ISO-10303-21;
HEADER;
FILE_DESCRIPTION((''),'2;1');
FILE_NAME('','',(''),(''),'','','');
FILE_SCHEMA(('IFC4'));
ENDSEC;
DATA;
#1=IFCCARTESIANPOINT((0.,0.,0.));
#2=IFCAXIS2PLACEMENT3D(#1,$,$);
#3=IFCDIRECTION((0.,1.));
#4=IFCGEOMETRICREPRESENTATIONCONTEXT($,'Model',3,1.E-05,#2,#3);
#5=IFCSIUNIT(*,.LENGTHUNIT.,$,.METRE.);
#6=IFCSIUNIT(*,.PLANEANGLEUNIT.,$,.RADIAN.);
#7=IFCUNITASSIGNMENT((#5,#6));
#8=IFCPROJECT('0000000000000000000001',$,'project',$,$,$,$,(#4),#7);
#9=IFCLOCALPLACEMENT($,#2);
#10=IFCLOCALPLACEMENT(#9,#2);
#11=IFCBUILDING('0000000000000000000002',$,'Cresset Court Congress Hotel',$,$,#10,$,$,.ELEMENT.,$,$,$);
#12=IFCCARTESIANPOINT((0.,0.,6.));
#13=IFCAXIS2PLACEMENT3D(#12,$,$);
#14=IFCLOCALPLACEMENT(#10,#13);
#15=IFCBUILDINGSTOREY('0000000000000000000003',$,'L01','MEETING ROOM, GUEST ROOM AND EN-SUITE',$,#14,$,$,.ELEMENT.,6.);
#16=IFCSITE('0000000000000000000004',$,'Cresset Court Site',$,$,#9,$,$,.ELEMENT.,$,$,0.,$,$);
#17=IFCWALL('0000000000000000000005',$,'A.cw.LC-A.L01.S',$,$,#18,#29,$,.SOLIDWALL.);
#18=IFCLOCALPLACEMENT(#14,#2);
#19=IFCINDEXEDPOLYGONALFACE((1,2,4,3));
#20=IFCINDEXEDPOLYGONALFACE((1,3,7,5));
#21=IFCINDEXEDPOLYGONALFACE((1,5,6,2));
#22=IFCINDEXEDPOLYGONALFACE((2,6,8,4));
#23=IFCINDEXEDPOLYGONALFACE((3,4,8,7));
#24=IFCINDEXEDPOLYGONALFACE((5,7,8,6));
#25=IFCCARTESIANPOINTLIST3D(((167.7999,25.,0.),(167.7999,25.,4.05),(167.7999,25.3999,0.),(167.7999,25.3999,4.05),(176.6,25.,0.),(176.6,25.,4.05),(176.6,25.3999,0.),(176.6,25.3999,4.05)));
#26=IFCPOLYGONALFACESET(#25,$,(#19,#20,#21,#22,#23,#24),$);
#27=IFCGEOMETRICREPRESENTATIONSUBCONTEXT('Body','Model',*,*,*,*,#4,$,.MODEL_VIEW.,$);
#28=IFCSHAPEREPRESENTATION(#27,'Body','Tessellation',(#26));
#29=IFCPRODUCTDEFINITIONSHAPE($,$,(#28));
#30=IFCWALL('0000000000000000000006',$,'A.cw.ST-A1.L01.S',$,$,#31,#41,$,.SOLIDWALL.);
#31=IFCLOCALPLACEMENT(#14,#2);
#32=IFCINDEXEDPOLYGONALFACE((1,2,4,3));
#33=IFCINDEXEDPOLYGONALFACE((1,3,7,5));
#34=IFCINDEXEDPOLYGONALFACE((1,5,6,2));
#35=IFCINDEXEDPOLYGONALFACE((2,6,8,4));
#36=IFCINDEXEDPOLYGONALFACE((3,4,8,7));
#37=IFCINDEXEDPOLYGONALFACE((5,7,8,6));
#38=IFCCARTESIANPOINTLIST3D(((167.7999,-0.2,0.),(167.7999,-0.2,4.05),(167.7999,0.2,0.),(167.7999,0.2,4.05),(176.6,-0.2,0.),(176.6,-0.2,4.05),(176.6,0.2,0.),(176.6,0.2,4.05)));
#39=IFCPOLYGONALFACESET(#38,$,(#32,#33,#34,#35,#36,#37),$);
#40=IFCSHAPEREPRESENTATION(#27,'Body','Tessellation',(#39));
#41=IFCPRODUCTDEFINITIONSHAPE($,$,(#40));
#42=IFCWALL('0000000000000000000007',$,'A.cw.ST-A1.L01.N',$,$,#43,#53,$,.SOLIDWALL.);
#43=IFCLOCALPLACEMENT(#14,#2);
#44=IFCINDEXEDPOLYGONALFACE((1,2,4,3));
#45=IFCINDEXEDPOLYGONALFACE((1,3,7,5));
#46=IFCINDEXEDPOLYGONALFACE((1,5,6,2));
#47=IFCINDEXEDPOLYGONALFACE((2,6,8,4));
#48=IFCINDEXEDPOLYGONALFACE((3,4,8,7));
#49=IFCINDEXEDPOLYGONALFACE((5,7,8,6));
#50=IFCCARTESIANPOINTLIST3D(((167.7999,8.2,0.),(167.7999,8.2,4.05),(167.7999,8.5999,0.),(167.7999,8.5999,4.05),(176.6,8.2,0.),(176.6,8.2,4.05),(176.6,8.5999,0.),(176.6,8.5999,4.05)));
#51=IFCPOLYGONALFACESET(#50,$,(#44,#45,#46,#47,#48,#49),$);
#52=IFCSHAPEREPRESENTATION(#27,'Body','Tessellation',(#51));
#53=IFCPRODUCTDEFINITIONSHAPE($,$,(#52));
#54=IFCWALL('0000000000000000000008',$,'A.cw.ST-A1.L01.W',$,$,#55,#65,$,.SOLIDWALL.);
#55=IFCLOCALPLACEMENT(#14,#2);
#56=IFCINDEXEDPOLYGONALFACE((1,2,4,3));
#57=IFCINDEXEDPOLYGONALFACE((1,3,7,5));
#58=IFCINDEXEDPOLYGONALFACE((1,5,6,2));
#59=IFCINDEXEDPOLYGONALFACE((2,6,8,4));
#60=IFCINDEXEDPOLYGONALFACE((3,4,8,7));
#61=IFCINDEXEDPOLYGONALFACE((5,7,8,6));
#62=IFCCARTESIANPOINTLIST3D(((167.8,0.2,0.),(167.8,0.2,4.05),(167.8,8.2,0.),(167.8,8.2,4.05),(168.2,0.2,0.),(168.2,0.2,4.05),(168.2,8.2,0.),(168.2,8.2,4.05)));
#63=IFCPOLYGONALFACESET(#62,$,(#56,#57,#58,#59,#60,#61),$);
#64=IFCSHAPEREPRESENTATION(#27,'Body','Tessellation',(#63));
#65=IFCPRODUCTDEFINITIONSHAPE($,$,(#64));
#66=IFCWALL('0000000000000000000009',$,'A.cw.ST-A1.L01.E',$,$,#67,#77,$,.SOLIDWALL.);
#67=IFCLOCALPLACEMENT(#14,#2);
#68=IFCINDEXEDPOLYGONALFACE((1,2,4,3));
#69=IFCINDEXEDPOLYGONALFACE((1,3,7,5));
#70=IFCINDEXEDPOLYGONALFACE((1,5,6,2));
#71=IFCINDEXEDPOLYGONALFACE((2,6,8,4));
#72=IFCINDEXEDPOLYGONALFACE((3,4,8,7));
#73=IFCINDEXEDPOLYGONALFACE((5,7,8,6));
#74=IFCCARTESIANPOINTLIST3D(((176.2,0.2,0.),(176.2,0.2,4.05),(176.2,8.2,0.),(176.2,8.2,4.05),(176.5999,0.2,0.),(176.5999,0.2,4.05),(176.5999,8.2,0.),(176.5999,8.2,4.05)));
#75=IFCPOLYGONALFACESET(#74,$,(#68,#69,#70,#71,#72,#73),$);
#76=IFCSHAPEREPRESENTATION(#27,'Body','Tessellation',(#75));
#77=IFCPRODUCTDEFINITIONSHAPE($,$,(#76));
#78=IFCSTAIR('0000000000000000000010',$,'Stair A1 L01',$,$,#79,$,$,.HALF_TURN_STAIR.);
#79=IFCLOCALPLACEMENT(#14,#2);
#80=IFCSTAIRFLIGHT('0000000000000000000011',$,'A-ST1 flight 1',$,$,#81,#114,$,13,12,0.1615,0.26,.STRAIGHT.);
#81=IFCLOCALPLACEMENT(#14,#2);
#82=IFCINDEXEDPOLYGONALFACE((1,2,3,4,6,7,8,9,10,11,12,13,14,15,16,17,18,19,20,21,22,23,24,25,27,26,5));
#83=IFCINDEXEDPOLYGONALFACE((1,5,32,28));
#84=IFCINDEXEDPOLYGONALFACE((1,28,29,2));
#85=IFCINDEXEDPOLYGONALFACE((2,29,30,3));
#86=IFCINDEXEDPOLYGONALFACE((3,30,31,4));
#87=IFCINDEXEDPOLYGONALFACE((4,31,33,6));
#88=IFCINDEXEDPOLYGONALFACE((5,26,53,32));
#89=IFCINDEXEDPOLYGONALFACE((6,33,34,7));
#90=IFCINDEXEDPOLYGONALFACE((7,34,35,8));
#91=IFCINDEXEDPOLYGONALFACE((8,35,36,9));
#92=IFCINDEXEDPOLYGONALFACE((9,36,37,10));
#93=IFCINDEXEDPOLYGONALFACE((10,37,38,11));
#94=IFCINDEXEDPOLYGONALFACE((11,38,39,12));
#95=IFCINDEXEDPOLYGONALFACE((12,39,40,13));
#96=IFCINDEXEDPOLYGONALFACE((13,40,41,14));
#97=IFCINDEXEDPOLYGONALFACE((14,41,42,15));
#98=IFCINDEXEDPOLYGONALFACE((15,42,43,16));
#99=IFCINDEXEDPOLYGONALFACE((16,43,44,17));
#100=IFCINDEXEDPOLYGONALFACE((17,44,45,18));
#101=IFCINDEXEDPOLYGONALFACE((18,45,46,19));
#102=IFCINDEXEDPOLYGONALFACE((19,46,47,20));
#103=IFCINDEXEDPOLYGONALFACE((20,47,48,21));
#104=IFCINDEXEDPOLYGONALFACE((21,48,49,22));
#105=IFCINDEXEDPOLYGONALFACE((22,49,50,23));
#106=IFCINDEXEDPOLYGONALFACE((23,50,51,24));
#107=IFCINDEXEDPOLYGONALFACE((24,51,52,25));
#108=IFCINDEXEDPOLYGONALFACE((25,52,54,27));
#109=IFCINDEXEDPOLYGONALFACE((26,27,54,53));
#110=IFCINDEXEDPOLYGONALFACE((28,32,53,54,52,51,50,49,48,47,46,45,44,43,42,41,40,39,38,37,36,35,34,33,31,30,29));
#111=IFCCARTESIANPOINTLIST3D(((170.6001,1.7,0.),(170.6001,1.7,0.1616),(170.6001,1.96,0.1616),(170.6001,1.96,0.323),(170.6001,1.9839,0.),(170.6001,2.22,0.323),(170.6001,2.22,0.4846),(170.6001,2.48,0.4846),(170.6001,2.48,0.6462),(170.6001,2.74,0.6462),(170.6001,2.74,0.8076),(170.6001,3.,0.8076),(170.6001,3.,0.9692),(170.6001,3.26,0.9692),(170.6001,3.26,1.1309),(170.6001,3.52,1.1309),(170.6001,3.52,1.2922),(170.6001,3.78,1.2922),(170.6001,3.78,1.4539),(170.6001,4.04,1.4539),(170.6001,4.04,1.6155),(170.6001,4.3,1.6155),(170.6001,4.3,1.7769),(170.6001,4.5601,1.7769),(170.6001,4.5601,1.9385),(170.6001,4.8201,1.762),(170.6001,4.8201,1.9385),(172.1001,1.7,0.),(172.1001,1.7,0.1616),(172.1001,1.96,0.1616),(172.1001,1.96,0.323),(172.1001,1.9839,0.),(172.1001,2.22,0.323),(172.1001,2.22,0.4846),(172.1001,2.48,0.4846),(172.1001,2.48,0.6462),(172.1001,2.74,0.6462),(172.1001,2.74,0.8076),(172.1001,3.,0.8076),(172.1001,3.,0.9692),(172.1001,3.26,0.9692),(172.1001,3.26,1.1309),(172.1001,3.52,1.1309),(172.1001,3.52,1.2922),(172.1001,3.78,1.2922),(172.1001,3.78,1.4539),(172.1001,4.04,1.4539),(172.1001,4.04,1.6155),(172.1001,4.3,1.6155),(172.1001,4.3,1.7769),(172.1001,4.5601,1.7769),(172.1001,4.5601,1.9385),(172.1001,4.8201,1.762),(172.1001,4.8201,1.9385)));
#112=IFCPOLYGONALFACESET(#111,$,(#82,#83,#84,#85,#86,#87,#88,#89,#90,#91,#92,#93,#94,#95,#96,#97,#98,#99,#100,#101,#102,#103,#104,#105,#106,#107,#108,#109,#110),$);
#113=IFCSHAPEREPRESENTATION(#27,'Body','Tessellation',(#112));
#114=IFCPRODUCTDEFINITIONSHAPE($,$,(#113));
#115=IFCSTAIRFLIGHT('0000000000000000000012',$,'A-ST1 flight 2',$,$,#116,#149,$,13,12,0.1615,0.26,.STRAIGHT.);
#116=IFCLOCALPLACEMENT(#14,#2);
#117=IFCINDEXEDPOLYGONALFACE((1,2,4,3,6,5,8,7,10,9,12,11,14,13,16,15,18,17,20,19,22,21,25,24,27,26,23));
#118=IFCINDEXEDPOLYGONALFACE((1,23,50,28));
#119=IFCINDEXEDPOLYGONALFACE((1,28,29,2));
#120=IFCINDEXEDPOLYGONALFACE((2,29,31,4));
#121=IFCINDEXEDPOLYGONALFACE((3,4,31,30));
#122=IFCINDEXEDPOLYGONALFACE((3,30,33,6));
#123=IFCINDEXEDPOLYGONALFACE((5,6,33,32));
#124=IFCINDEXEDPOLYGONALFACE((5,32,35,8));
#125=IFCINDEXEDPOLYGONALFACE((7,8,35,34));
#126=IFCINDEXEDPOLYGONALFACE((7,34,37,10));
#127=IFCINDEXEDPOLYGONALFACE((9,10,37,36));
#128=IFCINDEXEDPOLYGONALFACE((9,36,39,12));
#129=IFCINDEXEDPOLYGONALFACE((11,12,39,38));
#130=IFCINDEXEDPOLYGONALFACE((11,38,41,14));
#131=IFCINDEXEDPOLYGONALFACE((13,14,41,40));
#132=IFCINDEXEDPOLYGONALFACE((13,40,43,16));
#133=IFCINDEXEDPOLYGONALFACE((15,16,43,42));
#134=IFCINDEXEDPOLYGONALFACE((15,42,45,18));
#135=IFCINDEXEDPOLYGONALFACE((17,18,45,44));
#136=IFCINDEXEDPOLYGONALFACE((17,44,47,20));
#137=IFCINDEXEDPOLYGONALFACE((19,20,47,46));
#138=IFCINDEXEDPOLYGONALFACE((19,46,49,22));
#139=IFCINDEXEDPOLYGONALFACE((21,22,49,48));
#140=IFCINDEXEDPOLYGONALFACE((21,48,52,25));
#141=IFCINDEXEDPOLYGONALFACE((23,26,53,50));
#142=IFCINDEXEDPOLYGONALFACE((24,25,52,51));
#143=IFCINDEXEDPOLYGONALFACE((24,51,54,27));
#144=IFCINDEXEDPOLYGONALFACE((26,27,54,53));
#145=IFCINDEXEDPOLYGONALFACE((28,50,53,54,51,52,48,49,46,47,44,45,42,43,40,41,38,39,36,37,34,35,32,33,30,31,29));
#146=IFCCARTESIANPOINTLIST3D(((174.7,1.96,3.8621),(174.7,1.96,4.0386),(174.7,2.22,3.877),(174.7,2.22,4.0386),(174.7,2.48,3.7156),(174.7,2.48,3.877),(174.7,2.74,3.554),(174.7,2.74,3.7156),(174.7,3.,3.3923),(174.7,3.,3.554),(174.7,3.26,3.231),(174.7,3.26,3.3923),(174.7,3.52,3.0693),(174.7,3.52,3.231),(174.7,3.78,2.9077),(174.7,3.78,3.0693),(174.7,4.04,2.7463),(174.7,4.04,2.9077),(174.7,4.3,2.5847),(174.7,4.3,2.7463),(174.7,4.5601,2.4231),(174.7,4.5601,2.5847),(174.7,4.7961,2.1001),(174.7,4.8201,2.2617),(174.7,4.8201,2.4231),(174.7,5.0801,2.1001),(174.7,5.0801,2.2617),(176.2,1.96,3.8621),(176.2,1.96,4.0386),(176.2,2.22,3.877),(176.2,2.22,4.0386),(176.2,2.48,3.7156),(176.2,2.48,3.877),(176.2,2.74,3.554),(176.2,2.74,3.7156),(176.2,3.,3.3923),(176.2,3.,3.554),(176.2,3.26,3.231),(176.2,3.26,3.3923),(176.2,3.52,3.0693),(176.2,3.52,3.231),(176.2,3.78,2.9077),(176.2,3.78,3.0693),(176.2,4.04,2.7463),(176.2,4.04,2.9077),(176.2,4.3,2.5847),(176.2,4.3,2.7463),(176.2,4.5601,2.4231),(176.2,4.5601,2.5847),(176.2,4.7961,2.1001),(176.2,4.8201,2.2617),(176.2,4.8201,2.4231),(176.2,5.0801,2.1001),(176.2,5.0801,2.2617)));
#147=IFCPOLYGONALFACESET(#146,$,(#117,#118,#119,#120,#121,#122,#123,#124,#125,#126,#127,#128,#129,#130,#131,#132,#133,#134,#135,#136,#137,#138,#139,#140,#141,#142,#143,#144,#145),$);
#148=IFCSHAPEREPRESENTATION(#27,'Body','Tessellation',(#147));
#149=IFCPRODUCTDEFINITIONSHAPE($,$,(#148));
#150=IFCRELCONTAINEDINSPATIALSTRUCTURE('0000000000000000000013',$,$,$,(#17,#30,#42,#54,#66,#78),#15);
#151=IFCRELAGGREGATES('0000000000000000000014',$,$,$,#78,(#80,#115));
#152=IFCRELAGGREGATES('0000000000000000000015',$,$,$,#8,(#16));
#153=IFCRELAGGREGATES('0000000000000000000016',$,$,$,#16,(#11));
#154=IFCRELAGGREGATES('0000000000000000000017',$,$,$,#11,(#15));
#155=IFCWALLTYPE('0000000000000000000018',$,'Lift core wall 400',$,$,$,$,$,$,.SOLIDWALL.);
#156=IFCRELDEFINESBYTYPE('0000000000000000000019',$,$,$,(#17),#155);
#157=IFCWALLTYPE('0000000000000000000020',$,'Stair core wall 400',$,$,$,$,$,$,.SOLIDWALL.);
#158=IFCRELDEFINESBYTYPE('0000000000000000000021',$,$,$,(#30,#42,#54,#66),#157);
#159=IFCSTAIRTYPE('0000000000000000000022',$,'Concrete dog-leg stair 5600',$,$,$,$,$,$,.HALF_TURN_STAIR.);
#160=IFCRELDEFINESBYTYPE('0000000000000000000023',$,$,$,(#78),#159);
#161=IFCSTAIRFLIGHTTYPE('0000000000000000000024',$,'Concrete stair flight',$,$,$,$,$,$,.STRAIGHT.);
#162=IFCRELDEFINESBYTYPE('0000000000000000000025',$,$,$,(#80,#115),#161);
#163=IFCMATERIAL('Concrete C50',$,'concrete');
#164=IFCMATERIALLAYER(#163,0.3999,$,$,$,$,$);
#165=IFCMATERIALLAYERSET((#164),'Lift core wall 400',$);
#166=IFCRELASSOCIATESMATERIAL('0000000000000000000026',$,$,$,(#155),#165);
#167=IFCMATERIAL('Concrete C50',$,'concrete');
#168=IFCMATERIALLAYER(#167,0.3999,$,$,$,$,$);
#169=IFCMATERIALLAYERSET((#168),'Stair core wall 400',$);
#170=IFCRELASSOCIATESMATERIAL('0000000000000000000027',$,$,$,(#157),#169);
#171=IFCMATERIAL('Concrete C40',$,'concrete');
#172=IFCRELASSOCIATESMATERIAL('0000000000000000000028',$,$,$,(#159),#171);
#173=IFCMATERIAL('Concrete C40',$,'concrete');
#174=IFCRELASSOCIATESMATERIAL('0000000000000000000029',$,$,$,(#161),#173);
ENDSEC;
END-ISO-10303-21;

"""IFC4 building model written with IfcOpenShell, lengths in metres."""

from ifc_helpers import new_model, si_unit, direction, frame, frame_2d, origin, place, context, subcontext, project, spatial, polyline, rectangle, outline, extrude, material, layer, layer_set, type_object, element, aggregate, save


model = new_model("IFC4")

# Units and contexts
model_context = context("Model", 3, precision=1e-05, world=origin(), true_north=direction((0.0, 1.0)))
body_context = subcontext(model_context, "Body", "Model", "MODEL_VIEW")
ifc_project = project(units=[si_unit("LENGTHUNIT", "METRE"), si_unit("PLANEANGLEUNIT", "RADIAN")], contexts=[model_context])

# Site, building, storey
site_placement = place(None, origin())
site = spatial("IfcSite", under=ifc_project, at=site_placement, Name="Cresset Court Site", CompositionType="ELEMENT", RefElevation=0.0)
building_placement = place(site_placement, origin())
building = spatial("IfcBuilding", under=site, at=building_placement, Name="Cresset Court Congress Hotel", CompositionType="ELEMENT")
storey_placement = place(building_placement, frame((0.0, 0.0, 6.0)))
storey = spatial("IfcBuildingStorey", under=building, at=storey_placement, Name="L01", Description="MEETING ROOM, GUEST ROOM AND EN-SUITE", CompositionType="ELEMENT", Elevation=6.0)

# Walls
ifc_material_1 = material(Name="Concrete C50", Category="concrete")
ifc_layer_1 = layer(ifc_material_1, 0.3999)
ifc_layer_set_1 = layer_set([ifc_layer_1], Name="Lift core wall 400")
wall_type_1 = type_object("IfcWallType", Name="Lift core wall 400", PredefinedType="SOLIDWALL", material=ifc_layer_set_1)
wall_1_placement = place(storey_placement, frame((167.8, 25.2, 0.0), z_axis=(0.0, 0.0, 1.0), x_axis=(1.0, 0.0, 0.0)))
element("IfcWall", 1, at=wall_1_placement, inside=storey, type_object=wall_type_1, Name="A.cw.LC-A.L01.S", PredefinedType="SOLIDWALL", context=body_context, shape_type="SweptSolid", body=[
    extrude(rectangle(XDim=8.8, YDim=0.3999, at=frame_2d((4.3999, 0.0))), origin(), (0.0, 0.0, 1.0), 4.05),
])
ifc_material_2 = material(Name="Concrete C50", Category="concrete")
ifc_layer_2 = layer(ifc_material_2, 0.3999)
ifc_layer_set_2 = layer_set([ifc_layer_2], Name="Stair core wall 400")
wall_type_2 = type_object("IfcWallType", Name="Stair core wall 400", PredefinedType="SOLIDWALL", material=ifc_layer_set_2)
for number, where, z_axis, x_axis, name in (
    (2, (167.8, 0.0, 0.0), (0.0, 0.0, 1.0), (1.0, 0.0, 0.0), "A.cw.ST-A1.L01.S"),
    (3, (167.8, 8.3999, 0.0), (0.0, 0.0, 1.0), (1.0, 0.0, 0.0), "A.cw.ST-A1.L01.N"),
):
    element("IfcWall", number, at=place(storey_placement, frame(where, z_axis=z_axis, x_axis=x_axis)), inside=storey, type_object=wall_type_2, Name=name, PredefinedType="SOLIDWALL", context=body_context, shape_type="SweptSolid", body=[
        extrude(rectangle(XDim=8.8, YDim=0.3999, at=frame_2d((4.3999, 0.0))), origin(), (0.0, 0.0, 1.0), 4.05),
    ])
for number, where, z_axis, x_axis, name in (
    (4, (168.0, 0.2, 0.0), (0.0, 0.0, 1.0), (0.0, 1.0, 0.0), "A.cw.ST-A1.L01.W"),
    (5, (176.3999, 0.2, 0.0), (0.0, 0.0, 1.0), (0.0, 1.0, 0.0), "A.cw.ST-A1.L01.E"),
):
    element("IfcWall", number, at=place(storey_placement, frame(where, z_axis=z_axis, x_axis=x_axis)), inside=storey, type_object=wall_type_2, Name=name, PredefinedType="SOLIDWALL", context=body_context, shape_type="SweptSolid", body=[
        extrude(rectangle(XDim=8.0, YDim=0.3999, at=frame_2d((4.0, 0.0))), origin(), (0.0, 0.0, 1.0), 4.05),
    ])

# Stair, stair flights
ifc_material_3 = material(Name="Concrete C40", Category="concrete")
stair_type = type_object("IfcStairType", Name="Concrete dog-leg stair 5600", PredefinedType="HALF_TURN_STAIR", material=ifc_material_3)
stair_placement = place(storey_placement, origin())
stair = element("IfcStair", 6, at=stair_placement, inside=storey, type_object=stair_type, Name="Stair A1 L01", PredefinedType="HALF_TURN_STAIR")
ifc_material_4 = material(Name="Concrete C40", Category="concrete")
stair_flight_type = type_object("IfcStairFlightType", Name="Concrete stair flight", PredefinedType="STRAIGHT", material=ifc_material_4)
stair_flight_1_placement = place(storey_placement, frame((171.3501, 1.7, 0.0), z_axis=(0.0, 0.0, 1.0), x_axis=(0.0, 1.0, 0.0)))
stair_flight_1 = element("IfcStairFlight", 7, at=stair_flight_1_placement, type_object=stair_flight_type, Name="A-ST1 flight 1", NumberOfRisers=13, NumberOfTreads=12, PredefinedType="STRAIGHT", RiserHeight=0.1615, TreadLength=0.26, context=body_context, shape_type="SweptSolid", body=[
    extrude(outline(polyline([(0.0, 0.0), (0.0, 0.1616), (0.26, 0.1616), (0.26, 0.323), (0.52, 0.323), (0.52, 0.4846), (0.78, 0.4846), (0.78, 0.6462), (1.04, 0.6462), (1.04, 0.8076), (1.3, 0.8076), (1.3, 0.9692), (1.5601, 0.9692), (1.5601, 1.1309), (1.8201, 1.1309), (1.8201, 1.2922), (2.0801, 1.2922), (2.0801, 1.4539), (2.3401, 1.4539), (2.3401, 1.6155), (2.6001, 1.6155), (2.6001, 1.7769), (2.8601, 1.7769), (2.8601, 1.9385), (3.1201, 1.9385), (3.1201, 2.1001), (3.1201, 1.762), (0.2839, 0.0), (0.0, 0.0)])), frame((0.0, 0.75, 0.0), z_axis=(0.0, -1.0, 0.0), x_axis=(1.0, 0.0, 0.0)), (0.0, 0.0, 1.0), 1.5),
])
stair_flight_2_placement = place(storey_placement, frame((175.45, 5.0801, 2.1001), z_axis=(0.0, 0.0, 1.0), x_axis=(0.0, -1.0, 0.0)))
stair_flight_2 = element("IfcStairFlight", 8, at=stair_flight_2_placement, type_object=stair_flight_type, Name="A-ST1 flight 2", NumberOfRisers=13, NumberOfTreads=12, PredefinedType="STRAIGHT", RiserHeight=0.1615, TreadLength=0.26, context=body_context, shape_type="SweptSolid", body=[
    extrude(outline(polyline([(0.0, 0.0), (0.0, 0.1616), (0.26, 0.1616), (0.26, 0.323), (0.52, 0.323), (0.52, 0.4846), (0.78, 0.4846), (0.78, 0.6462), (1.04, 0.6462), (1.04, 0.8076), (1.3, 0.8076), (1.3, 0.9692), (1.5601, 0.9692), (1.5601, 1.1309), (1.8201, 1.1309), (1.8201, 1.2922), (2.0801, 1.2922), (2.0801, 1.4539), (2.3401, 1.4539), (2.3401, 1.6155), (2.6001, 1.6155), (2.6001, 1.7769), (2.8601, 1.7769), (2.8601, 1.9385), (3.1201, 1.9385), (3.1201, 2.1001), (3.1201, 1.762), (0.2839, 0.0), (0.0, 0.0)])), frame((0.0, 0.75, 0.0), z_axis=(0.0, -1.0, 0.0), x_axis=(1.0, 0.0, 0.0)), (0.0, 0.0, 1.0), 1.5),
])
aggregate(stair, [stair_flight_1, stair_flight_2])

save(model, "model.ifc")
